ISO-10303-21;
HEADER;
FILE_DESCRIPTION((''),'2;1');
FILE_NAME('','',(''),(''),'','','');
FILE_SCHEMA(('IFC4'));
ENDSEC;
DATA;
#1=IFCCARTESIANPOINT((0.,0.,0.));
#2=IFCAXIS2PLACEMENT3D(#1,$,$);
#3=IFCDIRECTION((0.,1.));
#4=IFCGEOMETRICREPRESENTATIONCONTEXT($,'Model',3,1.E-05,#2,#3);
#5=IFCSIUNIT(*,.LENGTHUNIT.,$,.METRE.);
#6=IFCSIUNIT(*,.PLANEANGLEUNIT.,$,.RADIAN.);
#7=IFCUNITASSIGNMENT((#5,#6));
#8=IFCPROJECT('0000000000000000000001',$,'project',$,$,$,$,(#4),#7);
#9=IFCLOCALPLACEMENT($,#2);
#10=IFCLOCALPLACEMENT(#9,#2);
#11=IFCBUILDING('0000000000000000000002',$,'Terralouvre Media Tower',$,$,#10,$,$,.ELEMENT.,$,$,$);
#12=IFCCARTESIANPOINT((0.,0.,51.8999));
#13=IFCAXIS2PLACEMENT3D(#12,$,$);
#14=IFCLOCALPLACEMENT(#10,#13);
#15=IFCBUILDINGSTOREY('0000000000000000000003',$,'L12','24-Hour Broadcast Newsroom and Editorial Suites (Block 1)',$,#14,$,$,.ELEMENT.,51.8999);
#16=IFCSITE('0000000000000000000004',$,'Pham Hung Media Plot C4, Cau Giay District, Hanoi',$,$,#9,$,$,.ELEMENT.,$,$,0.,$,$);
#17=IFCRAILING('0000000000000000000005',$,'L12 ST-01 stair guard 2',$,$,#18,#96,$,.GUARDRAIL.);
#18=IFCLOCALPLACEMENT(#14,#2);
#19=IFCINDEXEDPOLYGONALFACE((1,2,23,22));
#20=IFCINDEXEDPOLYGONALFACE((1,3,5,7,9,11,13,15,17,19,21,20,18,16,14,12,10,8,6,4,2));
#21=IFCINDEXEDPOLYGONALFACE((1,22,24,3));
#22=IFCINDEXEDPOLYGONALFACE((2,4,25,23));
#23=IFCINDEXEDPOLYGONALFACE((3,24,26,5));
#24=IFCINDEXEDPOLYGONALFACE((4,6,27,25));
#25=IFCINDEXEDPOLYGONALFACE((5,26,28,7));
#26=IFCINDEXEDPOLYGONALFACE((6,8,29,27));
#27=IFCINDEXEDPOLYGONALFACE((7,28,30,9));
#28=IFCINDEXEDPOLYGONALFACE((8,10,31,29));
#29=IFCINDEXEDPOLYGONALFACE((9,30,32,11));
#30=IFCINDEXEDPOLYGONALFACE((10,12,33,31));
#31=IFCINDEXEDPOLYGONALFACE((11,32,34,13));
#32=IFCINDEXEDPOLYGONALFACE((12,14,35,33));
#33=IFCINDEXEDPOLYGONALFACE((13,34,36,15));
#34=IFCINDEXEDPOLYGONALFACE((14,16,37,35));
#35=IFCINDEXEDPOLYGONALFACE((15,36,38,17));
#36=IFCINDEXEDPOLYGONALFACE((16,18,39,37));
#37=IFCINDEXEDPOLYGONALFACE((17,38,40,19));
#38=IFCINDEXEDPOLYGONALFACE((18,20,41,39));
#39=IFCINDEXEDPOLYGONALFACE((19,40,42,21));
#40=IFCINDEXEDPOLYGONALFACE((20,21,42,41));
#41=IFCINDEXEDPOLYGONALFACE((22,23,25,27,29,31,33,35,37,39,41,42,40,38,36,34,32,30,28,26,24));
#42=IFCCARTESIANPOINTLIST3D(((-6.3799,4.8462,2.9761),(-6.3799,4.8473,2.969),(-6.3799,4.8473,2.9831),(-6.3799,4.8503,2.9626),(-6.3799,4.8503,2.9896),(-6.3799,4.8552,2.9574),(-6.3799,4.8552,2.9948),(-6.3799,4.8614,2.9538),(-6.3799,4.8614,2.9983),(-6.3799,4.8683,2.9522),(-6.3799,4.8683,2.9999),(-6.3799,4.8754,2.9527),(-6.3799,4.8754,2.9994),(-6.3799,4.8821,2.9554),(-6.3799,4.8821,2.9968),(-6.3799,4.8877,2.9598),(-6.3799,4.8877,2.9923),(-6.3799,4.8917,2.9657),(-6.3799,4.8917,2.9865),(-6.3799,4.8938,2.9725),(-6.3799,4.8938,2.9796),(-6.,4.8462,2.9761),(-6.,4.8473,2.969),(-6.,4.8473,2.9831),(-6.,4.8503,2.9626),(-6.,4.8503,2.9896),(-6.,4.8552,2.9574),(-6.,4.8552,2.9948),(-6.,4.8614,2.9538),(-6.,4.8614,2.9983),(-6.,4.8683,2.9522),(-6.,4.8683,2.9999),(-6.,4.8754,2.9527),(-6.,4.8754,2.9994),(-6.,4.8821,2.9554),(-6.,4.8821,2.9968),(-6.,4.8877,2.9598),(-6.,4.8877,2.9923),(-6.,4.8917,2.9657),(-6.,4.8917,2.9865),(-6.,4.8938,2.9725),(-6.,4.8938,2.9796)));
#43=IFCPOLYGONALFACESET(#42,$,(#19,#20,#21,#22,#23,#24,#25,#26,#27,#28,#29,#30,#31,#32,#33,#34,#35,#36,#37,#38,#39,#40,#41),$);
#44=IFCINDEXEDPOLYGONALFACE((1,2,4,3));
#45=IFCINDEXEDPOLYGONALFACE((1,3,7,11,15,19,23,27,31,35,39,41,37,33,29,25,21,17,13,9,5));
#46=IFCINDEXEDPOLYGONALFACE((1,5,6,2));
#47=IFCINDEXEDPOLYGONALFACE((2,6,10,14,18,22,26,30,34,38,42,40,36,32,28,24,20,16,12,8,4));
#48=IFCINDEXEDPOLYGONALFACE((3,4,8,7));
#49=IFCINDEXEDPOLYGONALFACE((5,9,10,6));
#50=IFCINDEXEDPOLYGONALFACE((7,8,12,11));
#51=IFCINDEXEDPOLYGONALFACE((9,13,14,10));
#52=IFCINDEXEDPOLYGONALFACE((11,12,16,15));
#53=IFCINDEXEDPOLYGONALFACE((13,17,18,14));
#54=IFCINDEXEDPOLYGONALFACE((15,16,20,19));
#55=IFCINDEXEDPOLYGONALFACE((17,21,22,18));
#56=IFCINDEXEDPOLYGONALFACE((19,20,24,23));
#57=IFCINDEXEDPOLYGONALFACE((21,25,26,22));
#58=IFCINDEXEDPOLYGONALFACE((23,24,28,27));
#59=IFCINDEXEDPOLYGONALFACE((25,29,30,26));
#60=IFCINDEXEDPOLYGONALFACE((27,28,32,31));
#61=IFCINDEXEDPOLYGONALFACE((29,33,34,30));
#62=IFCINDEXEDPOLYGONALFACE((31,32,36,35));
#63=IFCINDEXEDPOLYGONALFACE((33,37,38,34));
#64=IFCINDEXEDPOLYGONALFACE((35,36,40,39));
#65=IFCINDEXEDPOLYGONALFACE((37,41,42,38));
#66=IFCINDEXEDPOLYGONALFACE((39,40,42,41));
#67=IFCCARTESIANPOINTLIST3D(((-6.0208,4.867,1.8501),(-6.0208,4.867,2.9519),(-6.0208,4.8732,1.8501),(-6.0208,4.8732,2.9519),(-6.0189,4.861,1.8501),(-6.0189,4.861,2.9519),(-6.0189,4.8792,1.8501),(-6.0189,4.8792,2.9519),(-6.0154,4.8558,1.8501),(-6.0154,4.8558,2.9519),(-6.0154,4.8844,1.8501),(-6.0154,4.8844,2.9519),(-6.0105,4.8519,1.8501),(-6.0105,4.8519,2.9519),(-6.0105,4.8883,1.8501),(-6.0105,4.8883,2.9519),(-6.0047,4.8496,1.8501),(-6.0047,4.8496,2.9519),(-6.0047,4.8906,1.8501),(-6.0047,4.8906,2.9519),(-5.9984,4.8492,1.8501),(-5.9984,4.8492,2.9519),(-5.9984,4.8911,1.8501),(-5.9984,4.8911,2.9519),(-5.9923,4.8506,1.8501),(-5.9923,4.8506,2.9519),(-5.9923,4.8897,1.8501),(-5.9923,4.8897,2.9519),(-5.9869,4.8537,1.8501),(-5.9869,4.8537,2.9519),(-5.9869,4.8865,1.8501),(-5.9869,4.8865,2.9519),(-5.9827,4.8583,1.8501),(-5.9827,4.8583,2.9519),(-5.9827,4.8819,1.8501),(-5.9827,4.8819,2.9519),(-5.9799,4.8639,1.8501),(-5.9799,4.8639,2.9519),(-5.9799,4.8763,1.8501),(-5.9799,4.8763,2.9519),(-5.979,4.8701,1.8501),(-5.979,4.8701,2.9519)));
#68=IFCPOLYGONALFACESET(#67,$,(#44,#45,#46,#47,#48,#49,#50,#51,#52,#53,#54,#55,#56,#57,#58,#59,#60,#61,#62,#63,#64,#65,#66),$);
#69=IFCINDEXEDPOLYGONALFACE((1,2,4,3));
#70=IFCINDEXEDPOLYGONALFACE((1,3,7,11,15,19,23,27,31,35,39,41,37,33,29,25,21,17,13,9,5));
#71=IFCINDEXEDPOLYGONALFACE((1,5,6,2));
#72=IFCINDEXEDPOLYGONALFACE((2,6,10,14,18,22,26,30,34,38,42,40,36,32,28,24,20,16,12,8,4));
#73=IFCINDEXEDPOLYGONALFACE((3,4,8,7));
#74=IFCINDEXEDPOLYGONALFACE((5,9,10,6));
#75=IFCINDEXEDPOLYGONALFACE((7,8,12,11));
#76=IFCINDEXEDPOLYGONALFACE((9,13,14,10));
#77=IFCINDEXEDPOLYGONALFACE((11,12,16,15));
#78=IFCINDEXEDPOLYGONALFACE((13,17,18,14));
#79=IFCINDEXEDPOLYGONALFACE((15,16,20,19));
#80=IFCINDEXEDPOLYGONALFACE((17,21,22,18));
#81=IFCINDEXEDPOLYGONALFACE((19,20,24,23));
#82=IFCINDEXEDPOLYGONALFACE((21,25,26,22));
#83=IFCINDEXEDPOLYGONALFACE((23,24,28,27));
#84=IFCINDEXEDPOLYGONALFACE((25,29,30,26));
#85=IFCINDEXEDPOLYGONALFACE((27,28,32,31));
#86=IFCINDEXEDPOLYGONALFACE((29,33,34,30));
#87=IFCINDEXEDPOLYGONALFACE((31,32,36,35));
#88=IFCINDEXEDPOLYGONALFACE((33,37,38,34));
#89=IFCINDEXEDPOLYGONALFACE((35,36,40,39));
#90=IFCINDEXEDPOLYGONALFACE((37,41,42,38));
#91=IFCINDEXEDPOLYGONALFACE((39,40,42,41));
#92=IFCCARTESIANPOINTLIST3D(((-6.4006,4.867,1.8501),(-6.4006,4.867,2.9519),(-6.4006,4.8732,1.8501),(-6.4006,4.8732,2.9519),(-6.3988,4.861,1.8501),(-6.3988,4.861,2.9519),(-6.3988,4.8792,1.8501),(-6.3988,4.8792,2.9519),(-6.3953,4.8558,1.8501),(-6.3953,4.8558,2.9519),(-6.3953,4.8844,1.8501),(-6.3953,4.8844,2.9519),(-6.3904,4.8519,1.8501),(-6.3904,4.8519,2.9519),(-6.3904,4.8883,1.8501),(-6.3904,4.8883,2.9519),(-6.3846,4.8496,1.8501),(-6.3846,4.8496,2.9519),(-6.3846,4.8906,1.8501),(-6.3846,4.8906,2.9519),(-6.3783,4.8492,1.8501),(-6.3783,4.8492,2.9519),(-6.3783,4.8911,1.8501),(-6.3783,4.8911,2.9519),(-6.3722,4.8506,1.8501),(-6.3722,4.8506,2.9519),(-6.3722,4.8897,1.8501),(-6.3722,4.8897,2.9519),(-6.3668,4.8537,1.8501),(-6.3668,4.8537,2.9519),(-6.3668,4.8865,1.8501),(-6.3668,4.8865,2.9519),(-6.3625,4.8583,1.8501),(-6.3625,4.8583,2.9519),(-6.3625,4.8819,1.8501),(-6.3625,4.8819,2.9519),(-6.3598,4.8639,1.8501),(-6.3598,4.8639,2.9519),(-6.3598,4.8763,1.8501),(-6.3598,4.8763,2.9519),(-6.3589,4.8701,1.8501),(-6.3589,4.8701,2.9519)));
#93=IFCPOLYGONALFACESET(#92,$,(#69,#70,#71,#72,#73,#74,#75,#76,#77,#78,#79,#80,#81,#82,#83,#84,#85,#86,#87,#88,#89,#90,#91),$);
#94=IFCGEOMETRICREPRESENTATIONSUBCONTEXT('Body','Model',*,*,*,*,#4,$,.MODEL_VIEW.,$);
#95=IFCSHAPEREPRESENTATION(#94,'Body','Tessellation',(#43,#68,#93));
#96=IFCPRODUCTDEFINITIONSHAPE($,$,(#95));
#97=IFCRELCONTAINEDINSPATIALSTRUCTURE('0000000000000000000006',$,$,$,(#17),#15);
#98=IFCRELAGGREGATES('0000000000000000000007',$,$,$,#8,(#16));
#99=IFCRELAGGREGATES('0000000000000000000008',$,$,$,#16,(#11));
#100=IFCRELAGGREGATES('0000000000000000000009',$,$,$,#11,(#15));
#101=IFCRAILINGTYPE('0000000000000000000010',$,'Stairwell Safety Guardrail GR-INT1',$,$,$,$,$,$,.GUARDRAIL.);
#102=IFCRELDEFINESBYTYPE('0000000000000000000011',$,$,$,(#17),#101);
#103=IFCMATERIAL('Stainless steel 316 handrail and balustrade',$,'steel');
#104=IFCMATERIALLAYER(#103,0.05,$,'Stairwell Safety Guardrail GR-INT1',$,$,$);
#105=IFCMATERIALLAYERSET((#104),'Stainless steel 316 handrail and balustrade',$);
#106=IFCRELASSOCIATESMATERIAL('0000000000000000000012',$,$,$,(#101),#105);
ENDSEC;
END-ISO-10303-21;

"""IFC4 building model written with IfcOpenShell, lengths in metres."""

from ifc_helpers import new_model, si_unit, direction, frame, origin, origin_2d, place, context, subcontext, project, spatial, circle, extrude, material, layer, layer_set, type_object, element, save


model = new_model("IFC4")

# Units and contexts
model_context = context("Model", 3, precision=1e-05, world=origin(), true_north=direction((0.0, 1.0)))
body_context = subcontext(model_context, "Body", "Model", "MODEL_VIEW")
ifc_project = project(units=[si_unit("LENGTHUNIT", "METRE"), si_unit("PLANEANGLEUNIT", "RADIAN")], contexts=[model_context])

# Site, building, storey
site_placement = place(None, origin())
site = spatial("IfcSite", under=ifc_project, at=site_placement, Name="Pham Hung Media Plot C4, Cau Giay District, Hanoi", CompositionType="ELEMENT", RefElevation=0.0)
building_placement = place(site_placement, origin())
building = spatial("IfcBuilding", under=site, at=building_placement, Name="Terralouvre Media Tower", CompositionType="ELEMENT")
storey_placement = place(building_placement, frame((0.0, 0.0, 51.8999)))
storey = spatial("IfcBuildingStorey", under=building, at=storey_placement, Name="L12", Description="24-Hour Broadcast Newsroom and Editorial Suites (Block 1)", CompositionType="ELEMENT", Elevation=51.8999)

# Railing
ifc_material_1 = material(Name="Stainless steel 316 handrail and balustrade", Category="steel")
ifc_layer_1 = layer(ifc_material_1, 0.05, Name="Stairwell Safety Guardrail GR-INT1")
ifc_layer_set_1 = layer_set([ifc_layer_1], Name="Stainless steel 316 handrail and balustrade")
railing_type_1 = type_object("IfcRailingType", Name="Stairwell Safety Guardrail GR-INT1", PredefinedType="GUARDRAIL", material=ifc_layer_set_1)
railing_1_placement = place(storey_placement, frame((-6.0, 4.8701, 1.8501)))
element("IfcRailing", 1, at=railing_1_placement, inside=storey, type_object=railing_type_1, Name="L12 ST-01 stair guard 2", PredefinedType="GUARDRAIL", context=body_context, shape_type="SweptSolid", body=[
    extrude(circle(Radius=0.0239, at=origin_2d()), frame((0.0, 0.0, 1.126), z_axis=(-1.0, 0.0, 0.0), x_axis=(0.0, -1.0, 0.0)), (0.0, 0.0, 1.0), 0.3799),
    extrude(circle(Radius=0.021, at=origin_2d()), origin(), (0.0, 0.0, 1.0), 1.1018),
    extrude(circle(Radius=0.021, at=origin_2d()), frame((-0.3799, 0.0, 0.0)), (0.0, 0.0, 1.0), 1.1018),
])

save(model, "model.ifc")
